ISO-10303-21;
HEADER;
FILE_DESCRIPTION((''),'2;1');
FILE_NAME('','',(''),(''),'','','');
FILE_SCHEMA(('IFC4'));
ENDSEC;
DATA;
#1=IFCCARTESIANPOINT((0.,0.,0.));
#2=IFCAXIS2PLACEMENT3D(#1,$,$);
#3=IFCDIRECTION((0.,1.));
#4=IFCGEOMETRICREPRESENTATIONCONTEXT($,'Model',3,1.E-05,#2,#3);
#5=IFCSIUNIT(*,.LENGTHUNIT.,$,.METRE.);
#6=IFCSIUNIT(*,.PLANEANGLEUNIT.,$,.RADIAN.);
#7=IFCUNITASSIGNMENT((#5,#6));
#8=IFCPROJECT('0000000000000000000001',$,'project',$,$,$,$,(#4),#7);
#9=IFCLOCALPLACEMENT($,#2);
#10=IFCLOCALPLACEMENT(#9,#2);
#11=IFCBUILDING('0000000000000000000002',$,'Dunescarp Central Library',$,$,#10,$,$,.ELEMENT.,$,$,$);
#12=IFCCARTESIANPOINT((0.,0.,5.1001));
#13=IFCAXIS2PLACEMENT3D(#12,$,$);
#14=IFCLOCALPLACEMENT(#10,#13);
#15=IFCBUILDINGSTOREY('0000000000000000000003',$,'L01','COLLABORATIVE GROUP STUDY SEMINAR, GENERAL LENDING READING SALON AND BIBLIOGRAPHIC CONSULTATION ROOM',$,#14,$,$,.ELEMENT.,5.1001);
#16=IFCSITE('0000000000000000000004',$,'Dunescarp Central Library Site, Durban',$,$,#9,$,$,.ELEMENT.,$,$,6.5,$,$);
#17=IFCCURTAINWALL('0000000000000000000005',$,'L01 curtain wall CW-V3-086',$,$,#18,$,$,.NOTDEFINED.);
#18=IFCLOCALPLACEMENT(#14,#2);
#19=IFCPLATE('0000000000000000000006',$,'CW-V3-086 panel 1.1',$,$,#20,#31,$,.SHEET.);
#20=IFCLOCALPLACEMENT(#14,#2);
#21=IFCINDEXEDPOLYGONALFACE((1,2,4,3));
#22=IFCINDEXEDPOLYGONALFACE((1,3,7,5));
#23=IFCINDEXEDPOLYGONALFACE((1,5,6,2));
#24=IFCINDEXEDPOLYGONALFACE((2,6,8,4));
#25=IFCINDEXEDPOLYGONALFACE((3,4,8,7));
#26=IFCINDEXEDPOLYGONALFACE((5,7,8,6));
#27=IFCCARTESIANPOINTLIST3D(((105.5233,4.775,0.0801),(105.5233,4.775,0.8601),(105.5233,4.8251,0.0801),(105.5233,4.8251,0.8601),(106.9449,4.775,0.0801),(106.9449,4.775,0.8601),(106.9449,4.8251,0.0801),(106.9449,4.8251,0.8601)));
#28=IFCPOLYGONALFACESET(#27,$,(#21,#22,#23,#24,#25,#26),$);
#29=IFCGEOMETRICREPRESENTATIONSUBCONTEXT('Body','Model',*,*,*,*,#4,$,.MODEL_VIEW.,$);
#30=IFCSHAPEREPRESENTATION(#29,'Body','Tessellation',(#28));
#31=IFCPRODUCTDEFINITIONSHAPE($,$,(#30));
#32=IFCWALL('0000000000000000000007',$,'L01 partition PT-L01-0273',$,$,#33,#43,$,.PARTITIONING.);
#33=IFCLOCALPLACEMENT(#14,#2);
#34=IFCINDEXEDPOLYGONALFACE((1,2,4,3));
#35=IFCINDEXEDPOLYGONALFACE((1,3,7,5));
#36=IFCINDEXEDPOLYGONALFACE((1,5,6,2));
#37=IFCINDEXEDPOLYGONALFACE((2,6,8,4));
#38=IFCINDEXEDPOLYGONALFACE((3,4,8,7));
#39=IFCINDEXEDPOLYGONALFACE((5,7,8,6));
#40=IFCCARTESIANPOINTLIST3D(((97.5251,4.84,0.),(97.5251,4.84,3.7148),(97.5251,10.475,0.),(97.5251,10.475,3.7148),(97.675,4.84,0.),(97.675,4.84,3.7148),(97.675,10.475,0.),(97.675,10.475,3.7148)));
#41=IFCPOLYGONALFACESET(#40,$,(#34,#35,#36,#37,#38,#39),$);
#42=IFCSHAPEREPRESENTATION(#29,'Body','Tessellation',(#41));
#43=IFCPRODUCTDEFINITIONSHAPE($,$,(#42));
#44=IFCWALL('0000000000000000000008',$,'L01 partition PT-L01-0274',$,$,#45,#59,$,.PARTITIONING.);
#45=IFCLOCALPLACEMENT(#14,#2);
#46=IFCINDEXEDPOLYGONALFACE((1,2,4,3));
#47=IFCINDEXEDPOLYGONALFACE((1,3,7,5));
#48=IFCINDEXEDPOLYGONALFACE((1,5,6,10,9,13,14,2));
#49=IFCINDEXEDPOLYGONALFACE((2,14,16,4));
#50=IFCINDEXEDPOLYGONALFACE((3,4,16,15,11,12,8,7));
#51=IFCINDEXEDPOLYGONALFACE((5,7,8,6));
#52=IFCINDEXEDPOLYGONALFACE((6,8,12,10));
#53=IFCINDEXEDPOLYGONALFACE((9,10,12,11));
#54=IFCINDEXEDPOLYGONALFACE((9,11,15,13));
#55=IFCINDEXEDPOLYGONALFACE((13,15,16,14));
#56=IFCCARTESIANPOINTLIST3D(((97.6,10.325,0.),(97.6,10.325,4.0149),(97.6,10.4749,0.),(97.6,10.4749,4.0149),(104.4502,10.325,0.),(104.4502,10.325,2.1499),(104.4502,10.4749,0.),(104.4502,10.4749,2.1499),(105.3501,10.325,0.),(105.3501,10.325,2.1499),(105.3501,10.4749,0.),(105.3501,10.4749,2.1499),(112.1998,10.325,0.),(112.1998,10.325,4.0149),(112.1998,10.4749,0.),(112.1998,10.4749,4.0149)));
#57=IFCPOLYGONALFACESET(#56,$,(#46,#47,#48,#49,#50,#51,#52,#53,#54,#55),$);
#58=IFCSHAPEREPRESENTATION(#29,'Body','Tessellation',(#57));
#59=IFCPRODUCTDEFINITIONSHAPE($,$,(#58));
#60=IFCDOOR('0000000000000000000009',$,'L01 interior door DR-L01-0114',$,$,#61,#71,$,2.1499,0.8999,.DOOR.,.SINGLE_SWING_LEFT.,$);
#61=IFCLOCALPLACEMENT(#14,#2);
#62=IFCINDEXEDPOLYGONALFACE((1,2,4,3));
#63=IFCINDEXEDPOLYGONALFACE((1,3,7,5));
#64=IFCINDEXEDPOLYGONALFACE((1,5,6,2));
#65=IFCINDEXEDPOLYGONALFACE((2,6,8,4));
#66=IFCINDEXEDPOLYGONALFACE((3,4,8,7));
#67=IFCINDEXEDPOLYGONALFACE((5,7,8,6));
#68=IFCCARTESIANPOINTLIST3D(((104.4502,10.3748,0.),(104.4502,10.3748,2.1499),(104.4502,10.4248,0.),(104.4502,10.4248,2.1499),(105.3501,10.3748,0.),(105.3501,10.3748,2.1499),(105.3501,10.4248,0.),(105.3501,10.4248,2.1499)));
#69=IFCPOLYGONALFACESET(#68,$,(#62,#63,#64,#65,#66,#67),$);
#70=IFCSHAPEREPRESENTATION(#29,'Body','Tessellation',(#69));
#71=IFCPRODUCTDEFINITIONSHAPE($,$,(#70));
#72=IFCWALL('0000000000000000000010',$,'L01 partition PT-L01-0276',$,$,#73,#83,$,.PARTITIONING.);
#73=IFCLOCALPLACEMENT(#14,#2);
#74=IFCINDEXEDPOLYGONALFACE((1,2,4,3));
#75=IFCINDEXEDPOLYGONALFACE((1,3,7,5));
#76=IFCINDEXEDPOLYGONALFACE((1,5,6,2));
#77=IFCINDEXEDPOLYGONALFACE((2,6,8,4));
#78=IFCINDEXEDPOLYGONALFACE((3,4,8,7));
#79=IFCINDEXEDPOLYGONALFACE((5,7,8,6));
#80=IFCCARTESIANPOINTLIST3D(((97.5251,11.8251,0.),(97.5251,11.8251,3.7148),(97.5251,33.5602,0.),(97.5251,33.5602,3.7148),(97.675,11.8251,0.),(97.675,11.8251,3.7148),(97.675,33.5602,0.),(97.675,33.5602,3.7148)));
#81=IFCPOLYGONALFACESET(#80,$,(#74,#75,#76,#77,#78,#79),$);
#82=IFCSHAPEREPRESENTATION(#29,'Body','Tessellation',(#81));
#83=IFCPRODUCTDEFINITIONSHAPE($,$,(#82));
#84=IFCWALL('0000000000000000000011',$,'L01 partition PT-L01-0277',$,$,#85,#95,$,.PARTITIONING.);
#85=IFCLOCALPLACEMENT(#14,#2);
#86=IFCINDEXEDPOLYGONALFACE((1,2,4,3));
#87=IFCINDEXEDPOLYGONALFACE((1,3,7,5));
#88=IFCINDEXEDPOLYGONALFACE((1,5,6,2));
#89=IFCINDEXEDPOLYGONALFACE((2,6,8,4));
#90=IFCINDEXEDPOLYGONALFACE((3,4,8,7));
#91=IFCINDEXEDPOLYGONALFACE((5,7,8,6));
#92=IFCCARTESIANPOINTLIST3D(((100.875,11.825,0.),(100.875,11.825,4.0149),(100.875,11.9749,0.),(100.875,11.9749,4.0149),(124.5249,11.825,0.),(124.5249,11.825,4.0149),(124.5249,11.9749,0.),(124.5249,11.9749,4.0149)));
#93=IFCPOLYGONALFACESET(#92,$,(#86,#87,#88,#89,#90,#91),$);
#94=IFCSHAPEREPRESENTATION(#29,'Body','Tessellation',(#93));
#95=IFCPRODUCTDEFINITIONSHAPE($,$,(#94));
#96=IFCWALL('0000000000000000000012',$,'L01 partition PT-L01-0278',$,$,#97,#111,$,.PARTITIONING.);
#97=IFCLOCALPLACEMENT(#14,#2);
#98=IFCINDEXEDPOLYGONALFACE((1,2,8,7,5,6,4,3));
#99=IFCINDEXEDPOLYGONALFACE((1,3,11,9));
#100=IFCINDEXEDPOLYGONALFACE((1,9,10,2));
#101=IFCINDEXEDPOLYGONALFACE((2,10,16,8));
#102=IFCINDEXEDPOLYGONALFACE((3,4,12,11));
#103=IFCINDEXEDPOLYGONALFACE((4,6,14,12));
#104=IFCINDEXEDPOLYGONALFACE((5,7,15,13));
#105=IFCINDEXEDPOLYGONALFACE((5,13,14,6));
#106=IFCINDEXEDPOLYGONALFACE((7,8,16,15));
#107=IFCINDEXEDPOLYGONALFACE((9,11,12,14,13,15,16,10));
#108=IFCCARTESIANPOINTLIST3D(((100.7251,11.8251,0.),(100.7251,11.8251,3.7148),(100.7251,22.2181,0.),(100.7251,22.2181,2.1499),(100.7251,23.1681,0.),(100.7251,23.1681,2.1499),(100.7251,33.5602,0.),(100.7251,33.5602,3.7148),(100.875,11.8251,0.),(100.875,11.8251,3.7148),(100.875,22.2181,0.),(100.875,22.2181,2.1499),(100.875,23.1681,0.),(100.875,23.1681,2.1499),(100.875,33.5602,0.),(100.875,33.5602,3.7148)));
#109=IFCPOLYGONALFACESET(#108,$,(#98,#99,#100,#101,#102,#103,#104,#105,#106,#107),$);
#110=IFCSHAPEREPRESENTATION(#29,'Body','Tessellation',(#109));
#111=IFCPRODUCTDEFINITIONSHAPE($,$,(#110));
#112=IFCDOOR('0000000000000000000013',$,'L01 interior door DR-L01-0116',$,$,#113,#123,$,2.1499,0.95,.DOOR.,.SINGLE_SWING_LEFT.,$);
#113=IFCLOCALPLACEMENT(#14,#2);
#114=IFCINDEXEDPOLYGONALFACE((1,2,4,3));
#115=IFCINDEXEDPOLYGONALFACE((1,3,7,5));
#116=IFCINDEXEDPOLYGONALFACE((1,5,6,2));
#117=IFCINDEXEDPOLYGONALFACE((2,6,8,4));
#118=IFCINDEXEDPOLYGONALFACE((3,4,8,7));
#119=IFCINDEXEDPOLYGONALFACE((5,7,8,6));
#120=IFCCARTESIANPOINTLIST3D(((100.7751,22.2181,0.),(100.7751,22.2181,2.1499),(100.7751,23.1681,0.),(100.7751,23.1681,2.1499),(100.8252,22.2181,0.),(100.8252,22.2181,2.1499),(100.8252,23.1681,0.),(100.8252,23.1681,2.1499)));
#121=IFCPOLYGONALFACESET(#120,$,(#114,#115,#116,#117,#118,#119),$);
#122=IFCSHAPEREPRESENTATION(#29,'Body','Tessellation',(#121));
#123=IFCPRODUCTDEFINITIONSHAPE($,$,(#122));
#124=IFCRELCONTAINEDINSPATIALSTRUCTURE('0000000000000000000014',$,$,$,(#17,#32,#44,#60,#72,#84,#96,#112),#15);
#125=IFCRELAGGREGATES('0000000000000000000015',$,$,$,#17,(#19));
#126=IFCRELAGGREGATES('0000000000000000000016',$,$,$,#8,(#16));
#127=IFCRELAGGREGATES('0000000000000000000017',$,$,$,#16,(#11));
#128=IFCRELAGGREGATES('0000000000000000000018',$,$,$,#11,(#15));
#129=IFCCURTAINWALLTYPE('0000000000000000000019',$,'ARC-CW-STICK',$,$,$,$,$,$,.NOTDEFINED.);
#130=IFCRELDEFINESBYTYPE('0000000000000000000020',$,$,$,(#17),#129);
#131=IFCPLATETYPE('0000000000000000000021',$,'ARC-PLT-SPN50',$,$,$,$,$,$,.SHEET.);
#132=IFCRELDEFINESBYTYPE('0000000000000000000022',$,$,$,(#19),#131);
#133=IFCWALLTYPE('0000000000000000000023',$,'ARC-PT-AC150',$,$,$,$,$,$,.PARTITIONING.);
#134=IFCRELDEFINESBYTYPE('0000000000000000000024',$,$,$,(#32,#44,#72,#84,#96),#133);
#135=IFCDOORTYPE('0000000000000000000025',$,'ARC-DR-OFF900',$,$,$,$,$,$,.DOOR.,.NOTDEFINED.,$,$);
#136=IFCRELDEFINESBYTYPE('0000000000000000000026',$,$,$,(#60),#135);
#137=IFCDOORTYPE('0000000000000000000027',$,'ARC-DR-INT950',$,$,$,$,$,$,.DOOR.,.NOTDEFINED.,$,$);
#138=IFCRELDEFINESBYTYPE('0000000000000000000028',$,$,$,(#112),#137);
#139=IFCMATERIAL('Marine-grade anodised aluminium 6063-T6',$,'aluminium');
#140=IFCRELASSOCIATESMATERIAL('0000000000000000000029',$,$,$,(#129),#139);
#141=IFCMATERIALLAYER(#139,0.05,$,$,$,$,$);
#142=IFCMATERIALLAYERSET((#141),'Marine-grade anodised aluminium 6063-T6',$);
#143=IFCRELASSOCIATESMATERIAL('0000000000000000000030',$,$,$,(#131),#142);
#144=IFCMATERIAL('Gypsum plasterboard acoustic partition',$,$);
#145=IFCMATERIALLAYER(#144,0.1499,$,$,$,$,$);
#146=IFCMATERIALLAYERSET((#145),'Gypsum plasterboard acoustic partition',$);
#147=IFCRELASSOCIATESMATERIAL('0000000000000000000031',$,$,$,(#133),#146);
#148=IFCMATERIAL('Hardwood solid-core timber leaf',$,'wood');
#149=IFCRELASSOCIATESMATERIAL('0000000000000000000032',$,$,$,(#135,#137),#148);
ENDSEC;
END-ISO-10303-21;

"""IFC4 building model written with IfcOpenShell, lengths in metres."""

from ifc_helpers import new_model, si_unit, direction, frame, frame_2d, origin, origin_2d, place, context, subcontext, project, spatial, rectangle, extrude, material, layer, layer_set, type_object, element, fill, aggregate, save


model = new_model("IFC4")

# Units and contexts
model_context = context("Model", 3, precision=1e-05, world=origin(), true_north=direction((0.0, 1.0)))
body_context = subcontext(model_context, "Body", "Model", "MODEL_VIEW")
ifc_project = project(units=[si_unit("LENGTHUNIT", "METRE"), si_unit("PLANEANGLEUNIT", "RADIAN")], contexts=[model_context])

# Site, building, storey
site_placement = place(None, origin())
site = spatial("IfcSite", under=ifc_project, at=site_placement, Name="Dunescarp Central Library Site, Durban", CompositionType="ELEMENT", RefElevation=6.5)
building_placement = place(site_placement, origin())
building = spatial("IfcBuilding", under=site, at=building_placement, Name="Dunescarp Central Library", CompositionType="ELEMENT")
storey_placement = place(building_placement, frame((0.0, 0.0, 5.1001)))
storey = spatial("IfcBuildingStorey", under=building, at=storey_placement, Name="L01", Description="COLLABORATIVE GROUP STUDY SEMINAR, GENERAL LENDING READING SALON AND BIBLIOGRAPHIC CONSULTATION ROOM", CompositionType="ELEMENT", Elevation=5.1001)

# Curtain wall
ifc_material_1 = material(Name="Marine-grade anodised aluminium 6063-T6", Category="aluminium")
curtain_wall_type = type_object("IfcCurtainWallType", Name="ARC-CW-STICK", PredefinedType="NOTDEFINED", material=ifc_material_1)
curtain_wall_placement = place(storey_placement, origin())
curtain_wall = element("IfcCurtainWall", 1, at=curtain_wall_placement, inside=storey, type_object=curtain_wall_type, Name="L01 curtain wall CW-V3-086", PredefinedType="NOTDEFINED")

# Plate
ifc_layer_1 = layer(ifc_material_1, 0.05)
ifc_layer_set_1 = layer_set([ifc_layer_1], Name="Marine-grade anodised aluminium 6063-T6")
plate_type_1 = type_object("IfcPlateType", Name="ARC-PLT-SPN50", PredefinedType="SHEET", material=ifc_layer_set_1)
plate_1_placement = place(storey_placement, frame((106.2341, 4.8, 0.0801), z_axis=(0.0, 0.0, 1.0), x_axis=(-1.0, 0.0, 0.0)))
plate_1 = element("IfcPlate", 2, at=plate_1_placement, type_object=plate_type_1, Name="CW-V3-086 panel 1.1", PredefinedType="SHEET", context=body_context, shape_type="SweptSolid", body=[
    extrude(rectangle(XDim=1.4216, YDim=0.05, at=origin_2d()), origin(), (0.0, 0.0, 1.0), 0.78),
])
aggregate(curtain_wall, [plate_1])

# Wall
ifc_material_2 = material(Name="Gypsum plasterboard acoustic partition")
ifc_layer_2 = layer(ifc_material_2, 0.1499)
ifc_layer_set_2 = layer_set([ifc_layer_2], Name="Gypsum plasterboard acoustic partition")
wall_type = type_object("IfcWallType", Name="ARC-PT-AC150", PredefinedType="PARTITIONING", material=ifc_layer_set_2)
wall_1_placement = place(storey_placement, frame((97.6001, 4.8401, 0.0), z_axis=(0.0, 0.0, 1.0), x_axis=(0.0, 1.0, 0.0)))
element("IfcWall", 3, at=wall_1_placement, inside=storey, type_object=wall_type, Name="L01 partition PT-L01-0273", PredefinedType="PARTITIONING", context=body_context, shape_type="SweptSolid", body=[
    extrude(rectangle(XDim=5.635, YDim=0.1499, at=frame_2d((2.8174, 0.0))), origin(), (0.0, 0.0, 1.0), 3.7148),
])

# Wall, opening, door
wall_2_placement = place(storey_placement, frame((97.6001, 10.3999, 0.0), z_axis=(0.0, 0.0, 1.0), x_axis=(1.0, 0.0, 0.0)))
wall_2 = element("IfcWall", 4, at=wall_2_placement, inside=storey, type_object=wall_type, Name="L01 partition PT-L01-0274", PredefinedType="PARTITIONING", context=body_context, shape_type="SweptSolid", body=[
    extrude(rectangle(XDim=14.5999, YDim=0.1499, at=frame_2d((7.2998, 0.0))), origin(), (0.0, 0.0, 1.0), 4.0149),
])
opening_1_placement = place(wall_2_placement, frame((6.8501, 0.0, 0.0)))
opening_1 = element("IfcOpeningElement", 5, at=opening_1_placement, cuts=wall_2, PredefinedType="OPENING", context=body_context, shape_type="SweptSolid", body=[
    extrude(rectangle(XDim=0.8999, YDim=2.1499, at=frame_2d((0.45, 1.075))), frame((0.0, 0.085, 0.0), z_axis=(0.0, -1.0, 0.0), x_axis=(1.0, 0.0, 0.0)), (0.0, 0.0, 1.0), 0.1699),
])
ifc_material_3 = material(Name="Hardwood solid-core timber leaf", Category="wood")
door_type_1 = type_object("IfcDoorType", Name="ARC-DR-OFF900", OperationType="NOTDEFINED", PredefinedType="DOOR", material=ifc_material_3)
door_1_placement = place(opening_1_placement, origin())
door_1 = element("IfcDoor", 6, at=door_1_placement, inside=storey, type_object=door_type_1, Name="L01 interior door DR-L01-0114", OperationType="SINGLE_SWING_LEFT", OverallHeight=2.1499, OverallWidth=0.8999, PredefinedType="DOOR", context=body_context, shape_type="SweptSolid", body=[
    extrude(rectangle(XDim=0.8999, YDim=2.1499, at=frame_2d((0.45, 1.075))), frame((0.0, 0.0249, 0.0), z_axis=(0.0, -1.0, 0.0), x_axis=(1.0, 0.0, 0.0)), (0.0, 0.0, 1.0), 0.05),
])
fill(opening_1, door_1)

# Walls
wall_3_placement = place(storey_placement, frame((97.6001, 11.825, 0.0), z_axis=(0.0, 0.0, 1.0), x_axis=(0.0, 1.0, 0.0)))
element("IfcWall", 7, at=wall_3_placement, inside=storey, type_object=wall_type, Name="L01 partition PT-L01-0276", PredefinedType="PARTITIONING", context=body_context, shape_type="SweptSolid", body=[
    extrude(rectangle(XDim=21.7351, YDim=0.1499, at=frame_2d((10.8677, 0.0))), origin(), (0.0, 0.0, 1.0), 3.7148),
])
wall_4_placement = place(storey_placement, frame((100.875, 11.8999, 0.0), z_axis=(0.0, 0.0, 1.0), x_axis=(1.0, 0.0, 0.0)))
element("IfcWall", 8, at=wall_4_placement, inside=storey, type_object=wall_type, Name="L01 partition PT-L01-0277", PredefinedType="PARTITIONING", context=body_context, shape_type="SweptSolid", body=[
    extrude(rectangle(XDim=23.6499, YDim=0.1499, at=frame_2d((11.825, 0.0))), origin(), (0.0, 0.0, 1.0), 4.0149),
])

# Wall, opening, door
wall_5_placement = place(storey_placement, frame((100.8, 11.825, 0.0), z_axis=(0.0, 0.0, 1.0), x_axis=(0.0, 1.0, 0.0)))
wall_5 = element("IfcWall", 9, at=wall_5_placement, inside=storey, type_object=wall_type, Name="L01 partition PT-L01-0278", PredefinedType="PARTITIONING", context=body_context, shape_type="SweptSolid", body=[
    extrude(rectangle(XDim=21.7351, YDim=0.1499, at=frame_2d((10.8677, 0.0))), origin(), (0.0, 0.0, 1.0), 3.7148),
])
opening_2_placement = place(wall_5_placement, frame((10.3931, 0.0, 0.0)))
opening_2 = element("IfcOpeningElement", 10, at=opening_2_placement, cuts=wall_5, PredefinedType="OPENING", context=body_context, shape_type="SweptSolid", body=[
    extrude(rectangle(XDim=0.95, YDim=2.1499, at=frame_2d((0.4751, 1.075))), frame((0.0, 0.085, 0.0), z_axis=(0.0, -1.0, 0.0), x_axis=(1.0, 0.0, 0.0)), (0.0, 0.0, 1.0), 0.1699),
])
door_type_2 = type_object("IfcDoorType", Name="ARC-DR-INT950", OperationType="NOTDEFINED", PredefinedType="DOOR", material=ifc_material_3)
door_2_placement = place(opening_2_placement, origin())
door_2 = element("IfcDoor", 11, at=door_2_placement, inside=storey, type_object=door_type_2, Name="L01 interior door DR-L01-0116", OperationType="SINGLE_SWING_LEFT", OverallHeight=2.1499, OverallWidth=0.95, PredefinedType="DOOR", context=body_context, shape_type="SweptSolid", body=[
    extrude(rectangle(XDim=0.95, YDim=2.1499, at=frame_2d((0.4751, 1.075))), frame((0.0, 0.0249, 0.0), z_axis=(0.0, -1.0, 0.0), x_axis=(1.0, 0.0, 0.0)), (0.0, 0.0, 1.0), 0.05),
])
fill(opening_2, door_2)

save(model, "model.ifc")
